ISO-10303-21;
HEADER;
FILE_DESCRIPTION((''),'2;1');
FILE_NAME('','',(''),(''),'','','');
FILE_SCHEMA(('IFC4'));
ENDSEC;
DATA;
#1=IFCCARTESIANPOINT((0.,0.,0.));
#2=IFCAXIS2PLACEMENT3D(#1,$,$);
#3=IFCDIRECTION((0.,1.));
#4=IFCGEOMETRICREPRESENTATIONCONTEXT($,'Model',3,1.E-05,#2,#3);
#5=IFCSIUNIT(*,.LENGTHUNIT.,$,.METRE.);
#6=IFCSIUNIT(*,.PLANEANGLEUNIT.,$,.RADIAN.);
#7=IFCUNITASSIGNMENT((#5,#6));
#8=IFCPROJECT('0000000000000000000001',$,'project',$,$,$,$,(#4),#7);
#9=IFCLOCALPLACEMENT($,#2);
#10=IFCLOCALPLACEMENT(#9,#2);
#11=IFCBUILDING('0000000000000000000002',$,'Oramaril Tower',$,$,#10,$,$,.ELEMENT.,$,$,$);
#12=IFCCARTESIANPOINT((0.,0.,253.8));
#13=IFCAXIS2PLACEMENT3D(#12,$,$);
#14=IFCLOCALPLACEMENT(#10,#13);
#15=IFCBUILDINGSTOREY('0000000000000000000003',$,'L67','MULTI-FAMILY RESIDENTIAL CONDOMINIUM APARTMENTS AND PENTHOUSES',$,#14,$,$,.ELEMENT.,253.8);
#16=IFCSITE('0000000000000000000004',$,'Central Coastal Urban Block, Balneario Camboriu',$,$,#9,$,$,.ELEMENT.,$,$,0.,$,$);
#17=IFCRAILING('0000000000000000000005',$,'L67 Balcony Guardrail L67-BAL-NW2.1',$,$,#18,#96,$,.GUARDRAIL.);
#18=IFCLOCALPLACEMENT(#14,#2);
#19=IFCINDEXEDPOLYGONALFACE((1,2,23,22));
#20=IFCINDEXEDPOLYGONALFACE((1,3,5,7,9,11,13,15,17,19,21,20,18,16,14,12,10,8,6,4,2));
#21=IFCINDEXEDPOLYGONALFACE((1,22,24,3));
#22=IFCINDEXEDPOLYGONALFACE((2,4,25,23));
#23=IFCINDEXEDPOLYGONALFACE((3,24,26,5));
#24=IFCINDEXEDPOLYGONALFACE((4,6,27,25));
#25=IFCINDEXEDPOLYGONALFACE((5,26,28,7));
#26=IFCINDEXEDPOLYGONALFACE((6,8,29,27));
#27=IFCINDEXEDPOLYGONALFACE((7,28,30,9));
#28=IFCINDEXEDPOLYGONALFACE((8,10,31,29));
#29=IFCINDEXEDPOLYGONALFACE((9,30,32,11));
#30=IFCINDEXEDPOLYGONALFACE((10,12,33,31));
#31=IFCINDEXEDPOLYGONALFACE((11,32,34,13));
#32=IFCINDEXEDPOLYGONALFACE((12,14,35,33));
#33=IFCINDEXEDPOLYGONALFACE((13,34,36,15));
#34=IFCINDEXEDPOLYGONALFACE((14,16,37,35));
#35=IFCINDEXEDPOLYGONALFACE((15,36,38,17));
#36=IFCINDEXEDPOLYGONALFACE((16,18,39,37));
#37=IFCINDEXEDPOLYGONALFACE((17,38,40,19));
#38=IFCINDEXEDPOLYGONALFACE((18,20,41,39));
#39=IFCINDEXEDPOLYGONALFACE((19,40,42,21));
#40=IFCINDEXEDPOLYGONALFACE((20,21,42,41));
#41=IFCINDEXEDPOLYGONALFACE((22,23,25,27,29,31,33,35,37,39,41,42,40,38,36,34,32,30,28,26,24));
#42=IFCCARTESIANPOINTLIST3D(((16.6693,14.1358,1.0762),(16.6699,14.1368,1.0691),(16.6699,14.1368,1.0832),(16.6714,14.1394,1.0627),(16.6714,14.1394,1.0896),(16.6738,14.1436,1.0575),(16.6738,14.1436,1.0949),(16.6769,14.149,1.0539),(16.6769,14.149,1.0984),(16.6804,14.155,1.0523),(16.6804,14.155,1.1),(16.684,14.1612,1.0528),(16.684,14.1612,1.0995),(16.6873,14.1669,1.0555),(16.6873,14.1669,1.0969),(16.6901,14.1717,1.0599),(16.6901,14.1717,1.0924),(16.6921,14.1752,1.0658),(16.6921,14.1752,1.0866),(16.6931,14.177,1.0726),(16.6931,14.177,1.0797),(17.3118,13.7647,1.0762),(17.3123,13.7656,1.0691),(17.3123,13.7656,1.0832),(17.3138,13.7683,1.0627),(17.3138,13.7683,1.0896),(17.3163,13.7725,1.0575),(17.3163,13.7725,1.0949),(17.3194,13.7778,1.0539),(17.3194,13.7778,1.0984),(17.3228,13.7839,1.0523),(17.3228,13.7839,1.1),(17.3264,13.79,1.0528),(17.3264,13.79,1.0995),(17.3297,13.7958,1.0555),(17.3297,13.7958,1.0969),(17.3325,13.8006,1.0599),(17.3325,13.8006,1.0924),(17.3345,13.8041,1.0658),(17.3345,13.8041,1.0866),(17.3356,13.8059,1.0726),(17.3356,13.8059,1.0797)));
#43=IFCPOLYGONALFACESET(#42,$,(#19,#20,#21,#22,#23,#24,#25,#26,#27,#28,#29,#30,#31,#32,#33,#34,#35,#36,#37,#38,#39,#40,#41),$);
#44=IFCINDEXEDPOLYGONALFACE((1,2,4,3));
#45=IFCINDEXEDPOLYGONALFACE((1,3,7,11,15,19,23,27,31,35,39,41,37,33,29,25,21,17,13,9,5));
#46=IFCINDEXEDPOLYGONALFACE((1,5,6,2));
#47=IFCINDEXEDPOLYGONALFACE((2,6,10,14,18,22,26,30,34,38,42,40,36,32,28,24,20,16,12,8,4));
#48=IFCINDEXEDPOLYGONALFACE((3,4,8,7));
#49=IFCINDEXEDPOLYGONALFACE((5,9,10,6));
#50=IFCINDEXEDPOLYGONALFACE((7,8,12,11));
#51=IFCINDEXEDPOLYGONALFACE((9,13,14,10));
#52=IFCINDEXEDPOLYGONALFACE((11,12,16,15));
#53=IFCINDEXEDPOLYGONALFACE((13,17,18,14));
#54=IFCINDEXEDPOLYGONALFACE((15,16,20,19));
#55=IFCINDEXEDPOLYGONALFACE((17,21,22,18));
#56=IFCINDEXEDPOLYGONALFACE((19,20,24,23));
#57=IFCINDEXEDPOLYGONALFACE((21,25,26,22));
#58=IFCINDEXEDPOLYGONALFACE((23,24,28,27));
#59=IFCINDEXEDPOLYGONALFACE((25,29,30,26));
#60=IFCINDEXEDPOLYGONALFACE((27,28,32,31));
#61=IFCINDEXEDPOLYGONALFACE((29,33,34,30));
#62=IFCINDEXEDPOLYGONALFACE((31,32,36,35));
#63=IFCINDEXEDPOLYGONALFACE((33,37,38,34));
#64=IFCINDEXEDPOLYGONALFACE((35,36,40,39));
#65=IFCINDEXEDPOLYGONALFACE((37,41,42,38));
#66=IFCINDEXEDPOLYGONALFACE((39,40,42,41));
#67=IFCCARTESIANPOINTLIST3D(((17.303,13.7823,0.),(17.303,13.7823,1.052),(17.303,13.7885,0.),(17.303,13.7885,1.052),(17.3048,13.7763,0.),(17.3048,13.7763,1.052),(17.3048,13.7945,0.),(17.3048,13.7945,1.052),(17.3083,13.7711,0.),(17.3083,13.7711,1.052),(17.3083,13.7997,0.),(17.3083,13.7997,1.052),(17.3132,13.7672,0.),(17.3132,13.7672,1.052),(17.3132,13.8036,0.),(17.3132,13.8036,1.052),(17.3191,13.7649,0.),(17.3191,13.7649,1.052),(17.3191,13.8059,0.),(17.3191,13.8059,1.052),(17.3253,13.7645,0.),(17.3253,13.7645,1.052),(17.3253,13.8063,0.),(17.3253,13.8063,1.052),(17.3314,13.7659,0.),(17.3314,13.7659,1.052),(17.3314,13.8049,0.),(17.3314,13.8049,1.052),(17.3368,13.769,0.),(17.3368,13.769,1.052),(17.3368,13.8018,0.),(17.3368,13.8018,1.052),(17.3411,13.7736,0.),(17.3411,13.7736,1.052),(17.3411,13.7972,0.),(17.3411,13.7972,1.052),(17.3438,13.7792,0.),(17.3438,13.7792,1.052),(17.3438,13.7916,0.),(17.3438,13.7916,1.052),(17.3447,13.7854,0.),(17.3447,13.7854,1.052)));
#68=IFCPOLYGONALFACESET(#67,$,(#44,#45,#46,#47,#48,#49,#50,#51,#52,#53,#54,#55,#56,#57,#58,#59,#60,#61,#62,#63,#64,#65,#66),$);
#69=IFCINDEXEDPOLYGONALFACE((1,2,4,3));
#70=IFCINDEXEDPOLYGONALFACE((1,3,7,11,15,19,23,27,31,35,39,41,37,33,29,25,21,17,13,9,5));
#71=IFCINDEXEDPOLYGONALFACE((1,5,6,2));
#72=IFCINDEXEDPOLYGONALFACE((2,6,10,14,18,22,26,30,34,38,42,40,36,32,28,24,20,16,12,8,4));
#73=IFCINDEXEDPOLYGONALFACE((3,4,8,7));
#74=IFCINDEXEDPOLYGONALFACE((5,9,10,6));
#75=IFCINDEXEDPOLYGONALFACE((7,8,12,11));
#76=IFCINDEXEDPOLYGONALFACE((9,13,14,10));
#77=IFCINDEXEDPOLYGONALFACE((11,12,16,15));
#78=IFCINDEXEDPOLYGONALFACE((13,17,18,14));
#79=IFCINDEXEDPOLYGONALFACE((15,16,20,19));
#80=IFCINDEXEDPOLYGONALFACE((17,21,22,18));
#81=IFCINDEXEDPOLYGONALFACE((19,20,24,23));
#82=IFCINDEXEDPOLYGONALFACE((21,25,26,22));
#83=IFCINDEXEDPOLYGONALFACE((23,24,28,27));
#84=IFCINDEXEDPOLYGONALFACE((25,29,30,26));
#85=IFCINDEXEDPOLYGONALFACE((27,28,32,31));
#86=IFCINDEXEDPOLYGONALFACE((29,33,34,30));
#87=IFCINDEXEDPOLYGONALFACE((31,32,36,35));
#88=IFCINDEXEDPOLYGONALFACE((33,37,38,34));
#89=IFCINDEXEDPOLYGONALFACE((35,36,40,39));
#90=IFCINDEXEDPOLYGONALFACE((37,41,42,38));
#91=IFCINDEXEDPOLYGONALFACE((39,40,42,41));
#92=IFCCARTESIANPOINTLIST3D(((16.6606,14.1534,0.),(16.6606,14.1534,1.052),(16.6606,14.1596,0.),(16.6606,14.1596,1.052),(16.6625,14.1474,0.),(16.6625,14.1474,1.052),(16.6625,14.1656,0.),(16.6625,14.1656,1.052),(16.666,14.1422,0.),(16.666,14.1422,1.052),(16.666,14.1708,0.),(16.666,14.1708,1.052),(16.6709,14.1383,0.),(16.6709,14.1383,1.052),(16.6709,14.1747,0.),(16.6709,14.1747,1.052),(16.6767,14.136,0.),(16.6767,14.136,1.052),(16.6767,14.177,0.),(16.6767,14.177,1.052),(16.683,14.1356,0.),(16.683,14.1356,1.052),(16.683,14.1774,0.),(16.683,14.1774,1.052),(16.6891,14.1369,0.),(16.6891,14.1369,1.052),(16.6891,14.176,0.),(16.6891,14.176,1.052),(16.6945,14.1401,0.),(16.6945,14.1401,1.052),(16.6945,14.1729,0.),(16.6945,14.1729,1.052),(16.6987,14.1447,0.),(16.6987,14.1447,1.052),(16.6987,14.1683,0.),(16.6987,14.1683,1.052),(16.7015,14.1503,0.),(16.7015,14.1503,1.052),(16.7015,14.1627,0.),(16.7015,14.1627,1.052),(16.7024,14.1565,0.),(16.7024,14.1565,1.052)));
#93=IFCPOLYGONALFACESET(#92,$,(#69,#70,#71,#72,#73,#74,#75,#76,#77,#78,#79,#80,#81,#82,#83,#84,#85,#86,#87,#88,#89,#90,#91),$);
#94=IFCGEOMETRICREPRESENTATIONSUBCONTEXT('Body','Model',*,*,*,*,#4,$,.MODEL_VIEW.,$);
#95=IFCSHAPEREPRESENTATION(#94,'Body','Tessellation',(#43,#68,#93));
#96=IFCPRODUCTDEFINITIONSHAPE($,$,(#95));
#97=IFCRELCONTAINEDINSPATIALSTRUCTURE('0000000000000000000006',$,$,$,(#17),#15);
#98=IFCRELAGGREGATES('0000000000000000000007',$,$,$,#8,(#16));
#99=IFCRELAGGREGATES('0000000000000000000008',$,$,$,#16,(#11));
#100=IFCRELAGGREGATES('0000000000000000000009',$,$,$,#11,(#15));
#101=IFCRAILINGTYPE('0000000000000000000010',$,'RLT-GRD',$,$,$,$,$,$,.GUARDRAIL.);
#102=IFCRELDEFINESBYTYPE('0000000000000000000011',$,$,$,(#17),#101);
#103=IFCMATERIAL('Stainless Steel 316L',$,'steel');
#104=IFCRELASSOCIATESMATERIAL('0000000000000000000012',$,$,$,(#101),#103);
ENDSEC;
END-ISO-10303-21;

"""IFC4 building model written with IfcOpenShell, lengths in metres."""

from ifc_helpers import new_model, si_unit, direction, frame, origin, origin_2d, place, context, subcontext, project, spatial, circle, extrude, material, type_object, element, save


model = new_model("IFC4")

# Units and contexts
model_context = context("Model", 3, precision=1e-05, world=origin(), true_north=direction((0.0, 1.0)))
body_context = subcontext(model_context, "Body", "Model", "MODEL_VIEW")
ifc_project = project(units=[si_unit("LENGTHUNIT", "METRE"), si_unit("PLANEANGLEUNIT", "RADIAN")], contexts=[model_context])

# Site, building, storey
site_placement = place(None, origin())
site = spatial("IfcSite", under=ifc_project, at=site_placement, Name="Central Coastal Urban Block, Balneario Camboriu", CompositionType="ELEMENT", RefElevation=0.0)
building_placement = place(site_placement, origin())
building = spatial("IfcBuilding", under=site, at=building_placement, Name="Oramaril Tower", CompositionType="ELEMENT")
storey_placement = place(building_placement, frame((0.0, 0.0, 253.8)))
storey = spatial("IfcBuildingStorey", under=building, at=storey_placement, Name="L67", Description="MULTI-FAMILY RESIDENTIAL CONDOMINIUM APARTMENTS AND PENTHOUSES", CompositionType="ELEMENT", Elevation=253.8)

# Railing
ifc_material_1 = material(Name="Stainless Steel 316L", Category="steel")
railing_type = type_object("IfcRailingType", Name="RLT-GRD", PredefinedType="GUARDRAIL", material=ifc_material_1)
railing_1_placement = place(storey_placement, frame((17.3237, 13.7854, 0.0)))
element("IfcRailing", 1, at=railing_1_placement, inside=storey, type_object=railing_type, Name="L67 Balcony Guardrail L67-BAL-NW2.1", PredefinedType="GUARDRAIL", context=body_context, shape_type="SweptSolid", body=[
    extrude(circle(Radius=0.0239, at=origin_2d()), frame((0.0, 0.0, 1.0762), z_axis=(-0.865884, 0.500245, 0.0), x_axis=(-0.500245, -0.865884, 0.0)), (0.0, 0.0, 1.0), 0.7419),
    extrude(circle(Radius=0.021, at=origin_2d()), origin(), (0.0, 0.0, 1.0), 1.052),
    extrude(circle(Radius=0.021, at=origin_2d()), frame((-0.6423, 0.3711, 0.0)), (0.0, 0.0, 1.0), 1.052),
])

save(model, "model.ifc")
